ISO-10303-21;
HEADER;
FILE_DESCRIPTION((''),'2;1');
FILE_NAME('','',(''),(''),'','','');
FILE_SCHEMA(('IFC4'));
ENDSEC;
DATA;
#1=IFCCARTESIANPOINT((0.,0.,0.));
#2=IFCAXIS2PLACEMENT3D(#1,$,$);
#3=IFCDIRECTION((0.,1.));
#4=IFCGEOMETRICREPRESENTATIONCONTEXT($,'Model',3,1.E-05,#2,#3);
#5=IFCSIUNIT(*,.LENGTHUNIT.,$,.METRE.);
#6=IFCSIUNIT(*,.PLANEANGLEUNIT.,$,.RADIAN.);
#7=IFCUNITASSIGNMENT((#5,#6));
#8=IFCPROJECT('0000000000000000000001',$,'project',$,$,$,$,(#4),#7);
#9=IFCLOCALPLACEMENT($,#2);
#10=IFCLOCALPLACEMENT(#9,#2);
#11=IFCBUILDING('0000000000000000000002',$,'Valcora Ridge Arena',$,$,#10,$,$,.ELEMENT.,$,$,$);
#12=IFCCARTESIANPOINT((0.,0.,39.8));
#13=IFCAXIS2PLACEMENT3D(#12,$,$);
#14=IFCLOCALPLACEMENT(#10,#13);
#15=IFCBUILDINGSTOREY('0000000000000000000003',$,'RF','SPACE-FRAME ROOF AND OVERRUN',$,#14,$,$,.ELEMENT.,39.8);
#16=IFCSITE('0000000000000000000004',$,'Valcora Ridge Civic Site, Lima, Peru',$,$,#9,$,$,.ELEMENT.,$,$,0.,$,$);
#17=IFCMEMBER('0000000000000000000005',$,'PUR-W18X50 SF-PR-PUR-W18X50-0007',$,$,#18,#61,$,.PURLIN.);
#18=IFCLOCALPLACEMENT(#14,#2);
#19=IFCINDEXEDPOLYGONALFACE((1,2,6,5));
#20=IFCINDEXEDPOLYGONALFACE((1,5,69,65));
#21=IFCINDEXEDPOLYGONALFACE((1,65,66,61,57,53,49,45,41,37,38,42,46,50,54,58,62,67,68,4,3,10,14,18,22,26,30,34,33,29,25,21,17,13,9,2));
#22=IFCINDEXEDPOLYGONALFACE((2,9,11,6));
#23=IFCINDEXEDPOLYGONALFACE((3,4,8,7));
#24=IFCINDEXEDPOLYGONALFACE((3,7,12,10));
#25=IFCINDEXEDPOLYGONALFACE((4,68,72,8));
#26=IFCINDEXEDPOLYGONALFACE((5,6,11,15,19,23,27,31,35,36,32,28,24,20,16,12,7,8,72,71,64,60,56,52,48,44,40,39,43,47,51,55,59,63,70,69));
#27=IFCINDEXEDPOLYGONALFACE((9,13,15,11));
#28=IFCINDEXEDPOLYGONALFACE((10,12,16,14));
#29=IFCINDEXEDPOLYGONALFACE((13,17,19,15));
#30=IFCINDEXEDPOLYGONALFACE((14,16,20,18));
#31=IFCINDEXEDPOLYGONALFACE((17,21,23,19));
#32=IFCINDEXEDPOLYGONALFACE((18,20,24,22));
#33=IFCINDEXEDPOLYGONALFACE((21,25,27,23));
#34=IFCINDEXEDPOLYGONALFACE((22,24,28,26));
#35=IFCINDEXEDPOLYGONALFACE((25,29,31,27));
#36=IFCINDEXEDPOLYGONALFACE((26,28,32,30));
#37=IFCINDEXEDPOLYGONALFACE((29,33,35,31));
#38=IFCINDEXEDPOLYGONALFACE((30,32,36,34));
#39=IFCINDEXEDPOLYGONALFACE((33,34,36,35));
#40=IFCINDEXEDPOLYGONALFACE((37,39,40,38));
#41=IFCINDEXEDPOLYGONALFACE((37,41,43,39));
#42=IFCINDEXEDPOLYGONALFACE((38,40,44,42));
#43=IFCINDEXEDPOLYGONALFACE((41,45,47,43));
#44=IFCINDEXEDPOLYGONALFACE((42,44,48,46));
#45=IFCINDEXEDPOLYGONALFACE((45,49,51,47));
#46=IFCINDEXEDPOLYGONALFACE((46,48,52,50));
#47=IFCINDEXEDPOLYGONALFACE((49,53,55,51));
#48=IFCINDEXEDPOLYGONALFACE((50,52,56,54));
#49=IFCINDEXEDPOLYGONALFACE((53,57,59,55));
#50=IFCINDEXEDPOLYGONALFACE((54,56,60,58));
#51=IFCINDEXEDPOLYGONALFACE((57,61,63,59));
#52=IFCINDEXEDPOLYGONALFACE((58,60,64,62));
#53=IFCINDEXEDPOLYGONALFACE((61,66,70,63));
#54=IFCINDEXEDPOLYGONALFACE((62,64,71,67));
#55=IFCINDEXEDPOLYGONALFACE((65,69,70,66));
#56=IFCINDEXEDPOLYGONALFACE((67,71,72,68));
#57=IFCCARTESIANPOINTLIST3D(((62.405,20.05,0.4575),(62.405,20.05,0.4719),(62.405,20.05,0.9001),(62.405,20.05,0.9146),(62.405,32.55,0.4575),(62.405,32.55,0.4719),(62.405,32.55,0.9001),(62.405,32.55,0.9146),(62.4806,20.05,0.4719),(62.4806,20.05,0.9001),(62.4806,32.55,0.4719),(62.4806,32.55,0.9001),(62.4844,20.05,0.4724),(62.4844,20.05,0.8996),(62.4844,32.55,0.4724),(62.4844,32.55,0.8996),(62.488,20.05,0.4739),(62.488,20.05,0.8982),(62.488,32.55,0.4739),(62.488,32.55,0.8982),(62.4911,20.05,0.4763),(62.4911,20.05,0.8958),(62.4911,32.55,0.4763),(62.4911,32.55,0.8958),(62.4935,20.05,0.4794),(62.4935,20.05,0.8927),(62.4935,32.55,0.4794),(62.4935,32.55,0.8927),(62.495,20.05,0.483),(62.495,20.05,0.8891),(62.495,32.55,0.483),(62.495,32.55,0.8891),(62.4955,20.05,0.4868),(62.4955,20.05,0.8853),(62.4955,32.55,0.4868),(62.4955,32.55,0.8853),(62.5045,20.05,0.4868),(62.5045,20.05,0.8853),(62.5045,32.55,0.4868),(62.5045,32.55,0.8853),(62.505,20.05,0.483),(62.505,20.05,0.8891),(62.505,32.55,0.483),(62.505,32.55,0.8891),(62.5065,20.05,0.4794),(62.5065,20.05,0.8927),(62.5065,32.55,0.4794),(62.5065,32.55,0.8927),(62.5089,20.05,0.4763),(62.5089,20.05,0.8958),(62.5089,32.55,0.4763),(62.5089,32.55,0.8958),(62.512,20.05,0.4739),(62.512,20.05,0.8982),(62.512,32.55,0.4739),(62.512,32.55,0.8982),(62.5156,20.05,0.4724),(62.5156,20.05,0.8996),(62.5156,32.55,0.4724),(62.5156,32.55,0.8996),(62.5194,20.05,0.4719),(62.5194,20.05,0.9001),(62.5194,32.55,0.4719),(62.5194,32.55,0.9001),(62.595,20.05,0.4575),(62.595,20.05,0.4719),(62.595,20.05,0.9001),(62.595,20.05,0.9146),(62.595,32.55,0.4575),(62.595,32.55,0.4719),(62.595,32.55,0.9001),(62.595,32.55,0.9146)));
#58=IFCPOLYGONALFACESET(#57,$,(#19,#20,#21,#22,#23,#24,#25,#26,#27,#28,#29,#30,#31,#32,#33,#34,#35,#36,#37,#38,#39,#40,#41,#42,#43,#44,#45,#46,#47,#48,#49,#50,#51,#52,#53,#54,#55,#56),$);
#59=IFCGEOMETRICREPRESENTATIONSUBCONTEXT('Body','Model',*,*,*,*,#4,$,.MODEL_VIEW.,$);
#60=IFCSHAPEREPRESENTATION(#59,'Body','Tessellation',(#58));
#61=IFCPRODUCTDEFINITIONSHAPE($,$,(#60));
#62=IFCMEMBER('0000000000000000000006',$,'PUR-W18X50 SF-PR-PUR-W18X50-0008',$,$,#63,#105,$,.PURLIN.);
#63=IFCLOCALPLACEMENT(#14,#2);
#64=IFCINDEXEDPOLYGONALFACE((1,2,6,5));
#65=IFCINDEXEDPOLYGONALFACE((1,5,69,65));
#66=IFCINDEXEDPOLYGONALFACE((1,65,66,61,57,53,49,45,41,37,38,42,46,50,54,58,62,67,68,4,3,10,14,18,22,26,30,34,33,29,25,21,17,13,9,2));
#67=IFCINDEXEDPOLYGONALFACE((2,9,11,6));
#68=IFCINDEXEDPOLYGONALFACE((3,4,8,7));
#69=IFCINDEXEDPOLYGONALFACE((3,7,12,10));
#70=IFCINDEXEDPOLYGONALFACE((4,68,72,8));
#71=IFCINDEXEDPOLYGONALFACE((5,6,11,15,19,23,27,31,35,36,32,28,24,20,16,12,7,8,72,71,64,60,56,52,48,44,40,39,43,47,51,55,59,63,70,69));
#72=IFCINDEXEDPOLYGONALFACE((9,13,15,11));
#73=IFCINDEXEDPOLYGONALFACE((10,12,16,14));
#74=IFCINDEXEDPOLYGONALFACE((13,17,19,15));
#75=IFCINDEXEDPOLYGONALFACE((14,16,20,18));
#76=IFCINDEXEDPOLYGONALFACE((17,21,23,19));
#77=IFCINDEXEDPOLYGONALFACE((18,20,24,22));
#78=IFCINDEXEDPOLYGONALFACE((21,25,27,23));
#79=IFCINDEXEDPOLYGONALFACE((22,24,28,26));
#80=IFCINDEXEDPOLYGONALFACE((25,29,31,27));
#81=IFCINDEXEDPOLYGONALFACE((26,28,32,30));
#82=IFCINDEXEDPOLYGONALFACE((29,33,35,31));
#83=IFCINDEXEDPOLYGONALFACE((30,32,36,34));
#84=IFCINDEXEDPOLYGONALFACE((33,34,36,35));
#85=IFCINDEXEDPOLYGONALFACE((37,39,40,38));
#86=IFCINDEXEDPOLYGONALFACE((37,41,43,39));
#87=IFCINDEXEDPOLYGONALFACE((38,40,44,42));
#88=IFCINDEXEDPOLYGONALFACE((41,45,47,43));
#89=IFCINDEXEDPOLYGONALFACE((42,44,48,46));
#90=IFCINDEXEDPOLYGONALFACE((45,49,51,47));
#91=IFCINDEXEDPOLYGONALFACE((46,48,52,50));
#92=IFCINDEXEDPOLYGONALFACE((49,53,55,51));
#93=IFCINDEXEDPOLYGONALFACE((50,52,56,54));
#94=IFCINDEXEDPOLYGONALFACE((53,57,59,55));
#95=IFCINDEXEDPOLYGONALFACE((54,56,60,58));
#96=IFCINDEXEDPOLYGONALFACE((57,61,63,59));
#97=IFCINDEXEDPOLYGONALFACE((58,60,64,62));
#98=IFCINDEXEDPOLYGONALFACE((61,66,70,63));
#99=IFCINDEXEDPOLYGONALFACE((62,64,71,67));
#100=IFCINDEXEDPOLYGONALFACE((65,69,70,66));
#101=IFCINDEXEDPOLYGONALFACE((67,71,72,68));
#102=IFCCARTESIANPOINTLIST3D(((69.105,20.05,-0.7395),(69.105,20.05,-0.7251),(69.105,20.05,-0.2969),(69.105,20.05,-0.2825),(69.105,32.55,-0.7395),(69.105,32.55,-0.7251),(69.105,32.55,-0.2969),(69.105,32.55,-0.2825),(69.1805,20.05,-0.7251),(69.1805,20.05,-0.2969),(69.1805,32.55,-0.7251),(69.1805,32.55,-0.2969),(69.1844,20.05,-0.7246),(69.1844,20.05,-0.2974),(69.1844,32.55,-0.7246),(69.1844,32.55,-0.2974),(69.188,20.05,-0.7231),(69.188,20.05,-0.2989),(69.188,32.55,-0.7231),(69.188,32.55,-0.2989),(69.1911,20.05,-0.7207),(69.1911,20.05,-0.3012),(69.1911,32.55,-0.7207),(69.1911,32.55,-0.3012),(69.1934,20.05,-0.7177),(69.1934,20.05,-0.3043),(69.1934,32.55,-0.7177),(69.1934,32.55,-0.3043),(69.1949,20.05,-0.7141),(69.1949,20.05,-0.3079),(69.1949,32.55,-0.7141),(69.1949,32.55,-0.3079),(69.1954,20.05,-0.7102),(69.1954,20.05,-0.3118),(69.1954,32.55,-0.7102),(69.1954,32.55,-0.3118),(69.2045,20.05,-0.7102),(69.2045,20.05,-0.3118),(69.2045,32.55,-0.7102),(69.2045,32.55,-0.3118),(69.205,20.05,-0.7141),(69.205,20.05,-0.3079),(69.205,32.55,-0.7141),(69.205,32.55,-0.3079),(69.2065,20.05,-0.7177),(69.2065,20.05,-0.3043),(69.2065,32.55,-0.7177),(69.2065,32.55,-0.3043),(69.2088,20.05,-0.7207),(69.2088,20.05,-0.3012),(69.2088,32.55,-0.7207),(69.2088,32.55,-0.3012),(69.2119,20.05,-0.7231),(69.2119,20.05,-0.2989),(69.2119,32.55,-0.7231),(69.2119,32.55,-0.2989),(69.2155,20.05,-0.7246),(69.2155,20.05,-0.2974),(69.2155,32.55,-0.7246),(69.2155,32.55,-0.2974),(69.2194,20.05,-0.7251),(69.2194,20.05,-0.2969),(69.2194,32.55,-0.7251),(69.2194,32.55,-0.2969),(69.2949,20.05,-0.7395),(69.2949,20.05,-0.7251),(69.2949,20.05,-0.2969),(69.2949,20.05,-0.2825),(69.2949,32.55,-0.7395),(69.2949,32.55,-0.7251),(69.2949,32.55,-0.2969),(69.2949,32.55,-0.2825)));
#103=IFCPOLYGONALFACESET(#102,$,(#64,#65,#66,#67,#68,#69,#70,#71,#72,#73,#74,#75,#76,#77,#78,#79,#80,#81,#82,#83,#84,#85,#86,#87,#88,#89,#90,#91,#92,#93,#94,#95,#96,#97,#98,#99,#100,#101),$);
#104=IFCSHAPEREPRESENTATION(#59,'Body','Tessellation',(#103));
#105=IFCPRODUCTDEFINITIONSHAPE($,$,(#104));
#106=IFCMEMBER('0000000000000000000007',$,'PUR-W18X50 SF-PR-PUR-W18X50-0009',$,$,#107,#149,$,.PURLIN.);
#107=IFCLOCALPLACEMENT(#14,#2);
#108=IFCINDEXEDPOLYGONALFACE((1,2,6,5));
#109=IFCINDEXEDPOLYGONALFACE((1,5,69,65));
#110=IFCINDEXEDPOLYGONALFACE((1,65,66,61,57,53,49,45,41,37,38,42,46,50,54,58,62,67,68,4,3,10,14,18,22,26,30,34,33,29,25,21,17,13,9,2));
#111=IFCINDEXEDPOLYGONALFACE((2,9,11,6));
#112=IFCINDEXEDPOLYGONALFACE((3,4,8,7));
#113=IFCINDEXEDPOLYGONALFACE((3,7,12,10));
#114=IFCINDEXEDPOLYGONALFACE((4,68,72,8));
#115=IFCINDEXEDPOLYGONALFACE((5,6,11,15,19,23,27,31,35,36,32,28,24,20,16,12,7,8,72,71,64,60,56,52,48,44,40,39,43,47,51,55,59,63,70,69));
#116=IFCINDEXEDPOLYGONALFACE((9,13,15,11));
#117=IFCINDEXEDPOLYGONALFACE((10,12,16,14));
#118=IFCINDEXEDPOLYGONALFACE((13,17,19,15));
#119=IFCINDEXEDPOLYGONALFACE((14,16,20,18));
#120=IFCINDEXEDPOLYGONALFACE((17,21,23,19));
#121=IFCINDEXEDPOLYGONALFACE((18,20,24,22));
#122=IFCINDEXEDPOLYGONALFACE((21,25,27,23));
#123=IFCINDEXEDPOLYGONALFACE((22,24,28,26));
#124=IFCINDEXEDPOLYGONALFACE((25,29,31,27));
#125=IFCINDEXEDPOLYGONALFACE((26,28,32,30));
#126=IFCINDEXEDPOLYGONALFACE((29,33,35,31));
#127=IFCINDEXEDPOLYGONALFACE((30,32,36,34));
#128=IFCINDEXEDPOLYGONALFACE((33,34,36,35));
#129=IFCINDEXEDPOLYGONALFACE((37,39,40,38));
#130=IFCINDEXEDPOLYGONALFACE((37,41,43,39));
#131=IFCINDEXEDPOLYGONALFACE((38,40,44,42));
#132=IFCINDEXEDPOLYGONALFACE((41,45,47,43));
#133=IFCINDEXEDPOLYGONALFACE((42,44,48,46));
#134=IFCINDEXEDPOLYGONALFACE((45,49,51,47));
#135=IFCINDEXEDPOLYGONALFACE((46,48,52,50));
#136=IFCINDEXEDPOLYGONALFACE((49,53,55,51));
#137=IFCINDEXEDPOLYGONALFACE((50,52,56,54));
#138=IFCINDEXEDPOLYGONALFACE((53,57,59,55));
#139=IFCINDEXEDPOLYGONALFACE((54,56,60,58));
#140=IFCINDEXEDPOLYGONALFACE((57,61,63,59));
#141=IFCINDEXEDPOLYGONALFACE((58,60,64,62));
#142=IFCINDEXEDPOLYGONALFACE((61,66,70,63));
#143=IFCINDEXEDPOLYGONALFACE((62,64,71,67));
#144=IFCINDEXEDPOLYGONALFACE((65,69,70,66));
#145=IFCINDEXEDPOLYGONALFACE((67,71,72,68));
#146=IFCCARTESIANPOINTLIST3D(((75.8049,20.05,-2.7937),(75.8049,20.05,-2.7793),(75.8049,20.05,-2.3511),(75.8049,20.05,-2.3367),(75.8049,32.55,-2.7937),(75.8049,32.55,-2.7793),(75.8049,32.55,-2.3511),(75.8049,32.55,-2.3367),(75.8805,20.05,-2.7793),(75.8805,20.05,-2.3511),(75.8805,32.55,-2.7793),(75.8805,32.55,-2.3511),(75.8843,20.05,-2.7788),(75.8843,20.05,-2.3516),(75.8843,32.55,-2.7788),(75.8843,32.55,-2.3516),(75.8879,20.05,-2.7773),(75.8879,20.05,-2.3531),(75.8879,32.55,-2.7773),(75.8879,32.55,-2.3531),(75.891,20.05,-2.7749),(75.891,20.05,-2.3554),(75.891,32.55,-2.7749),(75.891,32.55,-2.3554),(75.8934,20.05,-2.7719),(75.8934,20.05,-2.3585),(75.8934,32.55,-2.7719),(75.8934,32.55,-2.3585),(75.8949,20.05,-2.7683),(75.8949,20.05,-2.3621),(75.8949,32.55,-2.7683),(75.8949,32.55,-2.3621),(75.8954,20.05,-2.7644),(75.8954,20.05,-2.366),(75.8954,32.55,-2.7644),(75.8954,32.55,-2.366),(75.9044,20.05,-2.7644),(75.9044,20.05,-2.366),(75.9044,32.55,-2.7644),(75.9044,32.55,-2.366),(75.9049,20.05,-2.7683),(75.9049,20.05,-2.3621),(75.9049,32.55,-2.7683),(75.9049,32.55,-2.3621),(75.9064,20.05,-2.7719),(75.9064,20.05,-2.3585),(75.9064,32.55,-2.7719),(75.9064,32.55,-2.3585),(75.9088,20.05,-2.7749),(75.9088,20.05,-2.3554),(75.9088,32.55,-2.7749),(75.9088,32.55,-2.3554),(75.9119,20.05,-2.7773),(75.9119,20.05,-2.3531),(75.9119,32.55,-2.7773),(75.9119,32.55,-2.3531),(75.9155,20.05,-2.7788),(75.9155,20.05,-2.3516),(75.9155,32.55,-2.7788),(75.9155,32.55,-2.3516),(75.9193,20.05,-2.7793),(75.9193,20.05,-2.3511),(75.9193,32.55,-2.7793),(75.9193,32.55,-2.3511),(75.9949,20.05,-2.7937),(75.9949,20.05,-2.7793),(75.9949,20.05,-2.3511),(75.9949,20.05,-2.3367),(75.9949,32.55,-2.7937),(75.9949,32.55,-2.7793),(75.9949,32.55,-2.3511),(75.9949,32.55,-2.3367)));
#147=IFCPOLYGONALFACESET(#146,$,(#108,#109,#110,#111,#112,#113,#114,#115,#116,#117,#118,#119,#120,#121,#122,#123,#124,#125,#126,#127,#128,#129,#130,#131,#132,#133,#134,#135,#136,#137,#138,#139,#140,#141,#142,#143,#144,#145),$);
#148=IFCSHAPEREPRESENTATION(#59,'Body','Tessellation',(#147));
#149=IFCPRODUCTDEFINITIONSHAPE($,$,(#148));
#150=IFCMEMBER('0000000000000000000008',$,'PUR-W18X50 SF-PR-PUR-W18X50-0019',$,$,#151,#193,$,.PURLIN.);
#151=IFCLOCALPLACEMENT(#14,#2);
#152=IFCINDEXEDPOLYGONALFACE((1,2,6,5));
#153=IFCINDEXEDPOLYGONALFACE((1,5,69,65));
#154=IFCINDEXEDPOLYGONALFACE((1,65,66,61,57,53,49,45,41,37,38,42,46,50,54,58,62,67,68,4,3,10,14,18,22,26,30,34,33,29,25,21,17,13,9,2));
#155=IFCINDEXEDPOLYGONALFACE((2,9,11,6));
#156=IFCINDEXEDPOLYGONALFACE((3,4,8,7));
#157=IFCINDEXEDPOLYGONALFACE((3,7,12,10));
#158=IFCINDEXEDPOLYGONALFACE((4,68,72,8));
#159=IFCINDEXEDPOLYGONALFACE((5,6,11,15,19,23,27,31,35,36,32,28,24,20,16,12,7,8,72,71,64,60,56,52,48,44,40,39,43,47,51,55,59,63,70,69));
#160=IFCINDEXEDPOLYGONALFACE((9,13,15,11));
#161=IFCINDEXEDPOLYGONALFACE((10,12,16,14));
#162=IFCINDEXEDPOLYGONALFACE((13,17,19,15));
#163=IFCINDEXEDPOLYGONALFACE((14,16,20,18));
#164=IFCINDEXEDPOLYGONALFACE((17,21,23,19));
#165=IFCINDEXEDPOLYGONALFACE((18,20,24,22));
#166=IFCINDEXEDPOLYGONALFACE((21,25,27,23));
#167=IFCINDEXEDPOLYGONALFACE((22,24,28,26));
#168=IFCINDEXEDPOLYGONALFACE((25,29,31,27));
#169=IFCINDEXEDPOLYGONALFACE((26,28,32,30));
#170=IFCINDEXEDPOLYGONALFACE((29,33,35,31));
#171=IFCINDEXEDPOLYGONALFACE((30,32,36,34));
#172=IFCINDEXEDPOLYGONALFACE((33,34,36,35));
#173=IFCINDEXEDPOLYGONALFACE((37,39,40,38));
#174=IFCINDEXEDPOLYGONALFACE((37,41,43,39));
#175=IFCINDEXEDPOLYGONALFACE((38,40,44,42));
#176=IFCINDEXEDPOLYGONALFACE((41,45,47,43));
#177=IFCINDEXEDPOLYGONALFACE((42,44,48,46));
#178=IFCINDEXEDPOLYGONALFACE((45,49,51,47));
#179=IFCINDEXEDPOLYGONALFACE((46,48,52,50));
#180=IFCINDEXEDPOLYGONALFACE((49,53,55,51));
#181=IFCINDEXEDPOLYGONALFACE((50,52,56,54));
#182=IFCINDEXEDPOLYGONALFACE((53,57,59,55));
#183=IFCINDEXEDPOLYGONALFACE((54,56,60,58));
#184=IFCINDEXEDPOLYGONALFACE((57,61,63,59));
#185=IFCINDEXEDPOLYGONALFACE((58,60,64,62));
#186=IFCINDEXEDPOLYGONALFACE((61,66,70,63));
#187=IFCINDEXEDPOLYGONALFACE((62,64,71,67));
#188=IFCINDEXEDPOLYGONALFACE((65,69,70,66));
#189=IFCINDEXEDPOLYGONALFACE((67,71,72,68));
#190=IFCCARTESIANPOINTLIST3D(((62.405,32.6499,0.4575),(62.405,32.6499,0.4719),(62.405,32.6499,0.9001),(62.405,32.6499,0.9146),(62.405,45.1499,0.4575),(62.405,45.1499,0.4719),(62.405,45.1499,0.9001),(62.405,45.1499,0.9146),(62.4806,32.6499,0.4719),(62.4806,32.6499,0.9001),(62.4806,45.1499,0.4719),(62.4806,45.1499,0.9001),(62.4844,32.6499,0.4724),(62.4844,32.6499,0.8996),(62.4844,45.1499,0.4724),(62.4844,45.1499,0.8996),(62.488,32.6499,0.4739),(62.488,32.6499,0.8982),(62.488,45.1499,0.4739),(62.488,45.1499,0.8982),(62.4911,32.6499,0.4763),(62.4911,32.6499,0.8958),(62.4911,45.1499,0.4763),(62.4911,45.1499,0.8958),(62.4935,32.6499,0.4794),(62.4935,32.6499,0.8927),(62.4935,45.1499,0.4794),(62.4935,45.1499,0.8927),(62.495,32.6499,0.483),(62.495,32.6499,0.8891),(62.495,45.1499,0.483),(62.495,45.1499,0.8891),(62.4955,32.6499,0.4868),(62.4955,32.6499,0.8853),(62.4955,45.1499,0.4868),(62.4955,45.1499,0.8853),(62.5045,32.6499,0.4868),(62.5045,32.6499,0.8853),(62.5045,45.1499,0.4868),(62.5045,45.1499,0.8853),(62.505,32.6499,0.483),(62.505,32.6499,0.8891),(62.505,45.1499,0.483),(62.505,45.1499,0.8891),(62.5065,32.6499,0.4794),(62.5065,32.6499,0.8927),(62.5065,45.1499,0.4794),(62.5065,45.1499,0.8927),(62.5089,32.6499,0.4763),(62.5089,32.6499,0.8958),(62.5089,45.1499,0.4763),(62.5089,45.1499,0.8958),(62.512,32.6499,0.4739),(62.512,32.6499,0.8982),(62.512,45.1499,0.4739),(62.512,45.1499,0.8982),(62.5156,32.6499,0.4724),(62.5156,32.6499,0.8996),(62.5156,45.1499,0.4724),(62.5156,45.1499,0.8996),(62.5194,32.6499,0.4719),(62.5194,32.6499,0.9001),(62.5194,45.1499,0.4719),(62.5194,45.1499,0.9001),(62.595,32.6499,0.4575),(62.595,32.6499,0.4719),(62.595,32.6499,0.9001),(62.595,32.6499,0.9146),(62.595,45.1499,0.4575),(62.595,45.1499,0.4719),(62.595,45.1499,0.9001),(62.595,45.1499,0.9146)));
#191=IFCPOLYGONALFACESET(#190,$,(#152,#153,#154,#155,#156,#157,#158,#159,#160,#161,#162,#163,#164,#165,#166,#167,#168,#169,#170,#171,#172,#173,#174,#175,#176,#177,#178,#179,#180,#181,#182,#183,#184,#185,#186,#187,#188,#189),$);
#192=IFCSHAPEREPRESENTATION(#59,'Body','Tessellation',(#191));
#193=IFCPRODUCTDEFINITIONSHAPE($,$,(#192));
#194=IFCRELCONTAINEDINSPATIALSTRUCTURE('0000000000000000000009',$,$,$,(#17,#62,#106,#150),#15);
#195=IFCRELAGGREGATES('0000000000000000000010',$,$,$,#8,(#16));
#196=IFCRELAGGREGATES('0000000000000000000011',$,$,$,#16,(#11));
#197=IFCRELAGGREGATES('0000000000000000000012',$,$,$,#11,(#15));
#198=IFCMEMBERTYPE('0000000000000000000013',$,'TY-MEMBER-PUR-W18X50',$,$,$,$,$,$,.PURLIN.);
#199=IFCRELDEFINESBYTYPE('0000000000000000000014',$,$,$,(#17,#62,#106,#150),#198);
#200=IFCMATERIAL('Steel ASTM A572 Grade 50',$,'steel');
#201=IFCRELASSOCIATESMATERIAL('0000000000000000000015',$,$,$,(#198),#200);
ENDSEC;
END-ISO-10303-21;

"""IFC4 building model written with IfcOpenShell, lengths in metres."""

from ifc_helpers import new_model, si_unit, direction, frame, origin, origin_2d, place, context, subcontext, project, spatial, i_section, extrude, material, material_profile, profile_set, type_object, element, save


model = new_model("IFC4")

# Units and contexts
model_context = context("Model", 3, precision=1e-05, world=origin(), true_north=direction((0.0, 1.0)))
body_context = subcontext(model_context, "Body", "Model", "MODEL_VIEW")
ifc_project = project(units=[si_unit("LENGTHUNIT", "METRE"), si_unit("PLANEANGLEUNIT", "RADIAN")], contexts=[model_context])

# Site, building, storey
site_placement = place(None, origin())
site = spatial("IfcSite", under=ifc_project, at=site_placement, Name="Valcora Ridge Civic Site, Lima, Peru", CompositionType="ELEMENT", RefElevation=0.0)
building_placement = place(site_placement, origin())
building = spatial("IfcBuilding", under=site, at=building_placement, Name="Valcora Ridge Arena", CompositionType="ELEMENT")
storey_placement = place(building_placement, frame((0.0, 0.0, 39.8)))
storey = spatial("IfcBuildingStorey", under=building, at=storey_placement, Name="RF", Description="SPACE-FRAME ROOF AND OVERRUN", CompositionType="ELEMENT", Elevation=39.8)

# Members
ifc_material_1 = material(Name="Steel ASTM A572 Grade 50", Category="steel")
ifc_material_profile_1 = material_profile(ifc_material_1, i_section(OverallWidth=0.1899, OverallDepth=0.457, WebThickness=0.009, FlangeThickness=0.0144, FilletRadius=0.0149, at=origin_2d()), Name="W18X50")
ifc_profile_set_1 = profile_set([ifc_material_profile_1], Name="Steel ASTM A572 Grade 50")
member_type_1 = type_object("IfcMemberType", Name="TY-MEMBER-PUR-W18X50", PredefinedType="PURLIN", material=ifc_profile_set_1)
for number, where, z_axis, x_axis, name in (
    (1, (62.5, 20.05, 0.686), (0.0, 1.0, 0.0), (-1.0, 0.0, 0.0), "PUR-W18X50 SF-PR-PUR-W18X50-0007"),
    (2, (69.2, 20.05, -0.511), (0.0, 1.0, 0.0), (-1.0, 0.0, 0.0), "PUR-W18X50 SF-PR-PUR-W18X50-0008"),
    (3, (75.8999, 20.05, -2.5652), (0.0, 1.0, 0.0), (-1.0, 0.0, 0.0), "PUR-W18X50 SF-PR-PUR-W18X50-0009"),
    (4, (62.5, 32.6499, 0.686), (0.0, 1.0, 0.0), (-1.0, 0.0, 0.0), "PUR-W18X50 SF-PR-PUR-W18X50-0019"),
):
    element("IfcMember", number, at=place(storey_placement, frame(where, z_axis=z_axis, x_axis=x_axis)), inside=storey, type_object=member_type_1, Name=name, PredefinedType="PURLIN", context=body_context, shape_type="SweptSolid", body=[
        extrude(i_section(OverallWidth=0.1899, OverallDepth=0.457, WebThickness=0.009, FlangeThickness=0.0144, FilletRadius=0.0149, at=origin_2d()), origin(), (0.0, 0.0, 1.0), 12.5),
    ])

save(model, "model.ifc")
